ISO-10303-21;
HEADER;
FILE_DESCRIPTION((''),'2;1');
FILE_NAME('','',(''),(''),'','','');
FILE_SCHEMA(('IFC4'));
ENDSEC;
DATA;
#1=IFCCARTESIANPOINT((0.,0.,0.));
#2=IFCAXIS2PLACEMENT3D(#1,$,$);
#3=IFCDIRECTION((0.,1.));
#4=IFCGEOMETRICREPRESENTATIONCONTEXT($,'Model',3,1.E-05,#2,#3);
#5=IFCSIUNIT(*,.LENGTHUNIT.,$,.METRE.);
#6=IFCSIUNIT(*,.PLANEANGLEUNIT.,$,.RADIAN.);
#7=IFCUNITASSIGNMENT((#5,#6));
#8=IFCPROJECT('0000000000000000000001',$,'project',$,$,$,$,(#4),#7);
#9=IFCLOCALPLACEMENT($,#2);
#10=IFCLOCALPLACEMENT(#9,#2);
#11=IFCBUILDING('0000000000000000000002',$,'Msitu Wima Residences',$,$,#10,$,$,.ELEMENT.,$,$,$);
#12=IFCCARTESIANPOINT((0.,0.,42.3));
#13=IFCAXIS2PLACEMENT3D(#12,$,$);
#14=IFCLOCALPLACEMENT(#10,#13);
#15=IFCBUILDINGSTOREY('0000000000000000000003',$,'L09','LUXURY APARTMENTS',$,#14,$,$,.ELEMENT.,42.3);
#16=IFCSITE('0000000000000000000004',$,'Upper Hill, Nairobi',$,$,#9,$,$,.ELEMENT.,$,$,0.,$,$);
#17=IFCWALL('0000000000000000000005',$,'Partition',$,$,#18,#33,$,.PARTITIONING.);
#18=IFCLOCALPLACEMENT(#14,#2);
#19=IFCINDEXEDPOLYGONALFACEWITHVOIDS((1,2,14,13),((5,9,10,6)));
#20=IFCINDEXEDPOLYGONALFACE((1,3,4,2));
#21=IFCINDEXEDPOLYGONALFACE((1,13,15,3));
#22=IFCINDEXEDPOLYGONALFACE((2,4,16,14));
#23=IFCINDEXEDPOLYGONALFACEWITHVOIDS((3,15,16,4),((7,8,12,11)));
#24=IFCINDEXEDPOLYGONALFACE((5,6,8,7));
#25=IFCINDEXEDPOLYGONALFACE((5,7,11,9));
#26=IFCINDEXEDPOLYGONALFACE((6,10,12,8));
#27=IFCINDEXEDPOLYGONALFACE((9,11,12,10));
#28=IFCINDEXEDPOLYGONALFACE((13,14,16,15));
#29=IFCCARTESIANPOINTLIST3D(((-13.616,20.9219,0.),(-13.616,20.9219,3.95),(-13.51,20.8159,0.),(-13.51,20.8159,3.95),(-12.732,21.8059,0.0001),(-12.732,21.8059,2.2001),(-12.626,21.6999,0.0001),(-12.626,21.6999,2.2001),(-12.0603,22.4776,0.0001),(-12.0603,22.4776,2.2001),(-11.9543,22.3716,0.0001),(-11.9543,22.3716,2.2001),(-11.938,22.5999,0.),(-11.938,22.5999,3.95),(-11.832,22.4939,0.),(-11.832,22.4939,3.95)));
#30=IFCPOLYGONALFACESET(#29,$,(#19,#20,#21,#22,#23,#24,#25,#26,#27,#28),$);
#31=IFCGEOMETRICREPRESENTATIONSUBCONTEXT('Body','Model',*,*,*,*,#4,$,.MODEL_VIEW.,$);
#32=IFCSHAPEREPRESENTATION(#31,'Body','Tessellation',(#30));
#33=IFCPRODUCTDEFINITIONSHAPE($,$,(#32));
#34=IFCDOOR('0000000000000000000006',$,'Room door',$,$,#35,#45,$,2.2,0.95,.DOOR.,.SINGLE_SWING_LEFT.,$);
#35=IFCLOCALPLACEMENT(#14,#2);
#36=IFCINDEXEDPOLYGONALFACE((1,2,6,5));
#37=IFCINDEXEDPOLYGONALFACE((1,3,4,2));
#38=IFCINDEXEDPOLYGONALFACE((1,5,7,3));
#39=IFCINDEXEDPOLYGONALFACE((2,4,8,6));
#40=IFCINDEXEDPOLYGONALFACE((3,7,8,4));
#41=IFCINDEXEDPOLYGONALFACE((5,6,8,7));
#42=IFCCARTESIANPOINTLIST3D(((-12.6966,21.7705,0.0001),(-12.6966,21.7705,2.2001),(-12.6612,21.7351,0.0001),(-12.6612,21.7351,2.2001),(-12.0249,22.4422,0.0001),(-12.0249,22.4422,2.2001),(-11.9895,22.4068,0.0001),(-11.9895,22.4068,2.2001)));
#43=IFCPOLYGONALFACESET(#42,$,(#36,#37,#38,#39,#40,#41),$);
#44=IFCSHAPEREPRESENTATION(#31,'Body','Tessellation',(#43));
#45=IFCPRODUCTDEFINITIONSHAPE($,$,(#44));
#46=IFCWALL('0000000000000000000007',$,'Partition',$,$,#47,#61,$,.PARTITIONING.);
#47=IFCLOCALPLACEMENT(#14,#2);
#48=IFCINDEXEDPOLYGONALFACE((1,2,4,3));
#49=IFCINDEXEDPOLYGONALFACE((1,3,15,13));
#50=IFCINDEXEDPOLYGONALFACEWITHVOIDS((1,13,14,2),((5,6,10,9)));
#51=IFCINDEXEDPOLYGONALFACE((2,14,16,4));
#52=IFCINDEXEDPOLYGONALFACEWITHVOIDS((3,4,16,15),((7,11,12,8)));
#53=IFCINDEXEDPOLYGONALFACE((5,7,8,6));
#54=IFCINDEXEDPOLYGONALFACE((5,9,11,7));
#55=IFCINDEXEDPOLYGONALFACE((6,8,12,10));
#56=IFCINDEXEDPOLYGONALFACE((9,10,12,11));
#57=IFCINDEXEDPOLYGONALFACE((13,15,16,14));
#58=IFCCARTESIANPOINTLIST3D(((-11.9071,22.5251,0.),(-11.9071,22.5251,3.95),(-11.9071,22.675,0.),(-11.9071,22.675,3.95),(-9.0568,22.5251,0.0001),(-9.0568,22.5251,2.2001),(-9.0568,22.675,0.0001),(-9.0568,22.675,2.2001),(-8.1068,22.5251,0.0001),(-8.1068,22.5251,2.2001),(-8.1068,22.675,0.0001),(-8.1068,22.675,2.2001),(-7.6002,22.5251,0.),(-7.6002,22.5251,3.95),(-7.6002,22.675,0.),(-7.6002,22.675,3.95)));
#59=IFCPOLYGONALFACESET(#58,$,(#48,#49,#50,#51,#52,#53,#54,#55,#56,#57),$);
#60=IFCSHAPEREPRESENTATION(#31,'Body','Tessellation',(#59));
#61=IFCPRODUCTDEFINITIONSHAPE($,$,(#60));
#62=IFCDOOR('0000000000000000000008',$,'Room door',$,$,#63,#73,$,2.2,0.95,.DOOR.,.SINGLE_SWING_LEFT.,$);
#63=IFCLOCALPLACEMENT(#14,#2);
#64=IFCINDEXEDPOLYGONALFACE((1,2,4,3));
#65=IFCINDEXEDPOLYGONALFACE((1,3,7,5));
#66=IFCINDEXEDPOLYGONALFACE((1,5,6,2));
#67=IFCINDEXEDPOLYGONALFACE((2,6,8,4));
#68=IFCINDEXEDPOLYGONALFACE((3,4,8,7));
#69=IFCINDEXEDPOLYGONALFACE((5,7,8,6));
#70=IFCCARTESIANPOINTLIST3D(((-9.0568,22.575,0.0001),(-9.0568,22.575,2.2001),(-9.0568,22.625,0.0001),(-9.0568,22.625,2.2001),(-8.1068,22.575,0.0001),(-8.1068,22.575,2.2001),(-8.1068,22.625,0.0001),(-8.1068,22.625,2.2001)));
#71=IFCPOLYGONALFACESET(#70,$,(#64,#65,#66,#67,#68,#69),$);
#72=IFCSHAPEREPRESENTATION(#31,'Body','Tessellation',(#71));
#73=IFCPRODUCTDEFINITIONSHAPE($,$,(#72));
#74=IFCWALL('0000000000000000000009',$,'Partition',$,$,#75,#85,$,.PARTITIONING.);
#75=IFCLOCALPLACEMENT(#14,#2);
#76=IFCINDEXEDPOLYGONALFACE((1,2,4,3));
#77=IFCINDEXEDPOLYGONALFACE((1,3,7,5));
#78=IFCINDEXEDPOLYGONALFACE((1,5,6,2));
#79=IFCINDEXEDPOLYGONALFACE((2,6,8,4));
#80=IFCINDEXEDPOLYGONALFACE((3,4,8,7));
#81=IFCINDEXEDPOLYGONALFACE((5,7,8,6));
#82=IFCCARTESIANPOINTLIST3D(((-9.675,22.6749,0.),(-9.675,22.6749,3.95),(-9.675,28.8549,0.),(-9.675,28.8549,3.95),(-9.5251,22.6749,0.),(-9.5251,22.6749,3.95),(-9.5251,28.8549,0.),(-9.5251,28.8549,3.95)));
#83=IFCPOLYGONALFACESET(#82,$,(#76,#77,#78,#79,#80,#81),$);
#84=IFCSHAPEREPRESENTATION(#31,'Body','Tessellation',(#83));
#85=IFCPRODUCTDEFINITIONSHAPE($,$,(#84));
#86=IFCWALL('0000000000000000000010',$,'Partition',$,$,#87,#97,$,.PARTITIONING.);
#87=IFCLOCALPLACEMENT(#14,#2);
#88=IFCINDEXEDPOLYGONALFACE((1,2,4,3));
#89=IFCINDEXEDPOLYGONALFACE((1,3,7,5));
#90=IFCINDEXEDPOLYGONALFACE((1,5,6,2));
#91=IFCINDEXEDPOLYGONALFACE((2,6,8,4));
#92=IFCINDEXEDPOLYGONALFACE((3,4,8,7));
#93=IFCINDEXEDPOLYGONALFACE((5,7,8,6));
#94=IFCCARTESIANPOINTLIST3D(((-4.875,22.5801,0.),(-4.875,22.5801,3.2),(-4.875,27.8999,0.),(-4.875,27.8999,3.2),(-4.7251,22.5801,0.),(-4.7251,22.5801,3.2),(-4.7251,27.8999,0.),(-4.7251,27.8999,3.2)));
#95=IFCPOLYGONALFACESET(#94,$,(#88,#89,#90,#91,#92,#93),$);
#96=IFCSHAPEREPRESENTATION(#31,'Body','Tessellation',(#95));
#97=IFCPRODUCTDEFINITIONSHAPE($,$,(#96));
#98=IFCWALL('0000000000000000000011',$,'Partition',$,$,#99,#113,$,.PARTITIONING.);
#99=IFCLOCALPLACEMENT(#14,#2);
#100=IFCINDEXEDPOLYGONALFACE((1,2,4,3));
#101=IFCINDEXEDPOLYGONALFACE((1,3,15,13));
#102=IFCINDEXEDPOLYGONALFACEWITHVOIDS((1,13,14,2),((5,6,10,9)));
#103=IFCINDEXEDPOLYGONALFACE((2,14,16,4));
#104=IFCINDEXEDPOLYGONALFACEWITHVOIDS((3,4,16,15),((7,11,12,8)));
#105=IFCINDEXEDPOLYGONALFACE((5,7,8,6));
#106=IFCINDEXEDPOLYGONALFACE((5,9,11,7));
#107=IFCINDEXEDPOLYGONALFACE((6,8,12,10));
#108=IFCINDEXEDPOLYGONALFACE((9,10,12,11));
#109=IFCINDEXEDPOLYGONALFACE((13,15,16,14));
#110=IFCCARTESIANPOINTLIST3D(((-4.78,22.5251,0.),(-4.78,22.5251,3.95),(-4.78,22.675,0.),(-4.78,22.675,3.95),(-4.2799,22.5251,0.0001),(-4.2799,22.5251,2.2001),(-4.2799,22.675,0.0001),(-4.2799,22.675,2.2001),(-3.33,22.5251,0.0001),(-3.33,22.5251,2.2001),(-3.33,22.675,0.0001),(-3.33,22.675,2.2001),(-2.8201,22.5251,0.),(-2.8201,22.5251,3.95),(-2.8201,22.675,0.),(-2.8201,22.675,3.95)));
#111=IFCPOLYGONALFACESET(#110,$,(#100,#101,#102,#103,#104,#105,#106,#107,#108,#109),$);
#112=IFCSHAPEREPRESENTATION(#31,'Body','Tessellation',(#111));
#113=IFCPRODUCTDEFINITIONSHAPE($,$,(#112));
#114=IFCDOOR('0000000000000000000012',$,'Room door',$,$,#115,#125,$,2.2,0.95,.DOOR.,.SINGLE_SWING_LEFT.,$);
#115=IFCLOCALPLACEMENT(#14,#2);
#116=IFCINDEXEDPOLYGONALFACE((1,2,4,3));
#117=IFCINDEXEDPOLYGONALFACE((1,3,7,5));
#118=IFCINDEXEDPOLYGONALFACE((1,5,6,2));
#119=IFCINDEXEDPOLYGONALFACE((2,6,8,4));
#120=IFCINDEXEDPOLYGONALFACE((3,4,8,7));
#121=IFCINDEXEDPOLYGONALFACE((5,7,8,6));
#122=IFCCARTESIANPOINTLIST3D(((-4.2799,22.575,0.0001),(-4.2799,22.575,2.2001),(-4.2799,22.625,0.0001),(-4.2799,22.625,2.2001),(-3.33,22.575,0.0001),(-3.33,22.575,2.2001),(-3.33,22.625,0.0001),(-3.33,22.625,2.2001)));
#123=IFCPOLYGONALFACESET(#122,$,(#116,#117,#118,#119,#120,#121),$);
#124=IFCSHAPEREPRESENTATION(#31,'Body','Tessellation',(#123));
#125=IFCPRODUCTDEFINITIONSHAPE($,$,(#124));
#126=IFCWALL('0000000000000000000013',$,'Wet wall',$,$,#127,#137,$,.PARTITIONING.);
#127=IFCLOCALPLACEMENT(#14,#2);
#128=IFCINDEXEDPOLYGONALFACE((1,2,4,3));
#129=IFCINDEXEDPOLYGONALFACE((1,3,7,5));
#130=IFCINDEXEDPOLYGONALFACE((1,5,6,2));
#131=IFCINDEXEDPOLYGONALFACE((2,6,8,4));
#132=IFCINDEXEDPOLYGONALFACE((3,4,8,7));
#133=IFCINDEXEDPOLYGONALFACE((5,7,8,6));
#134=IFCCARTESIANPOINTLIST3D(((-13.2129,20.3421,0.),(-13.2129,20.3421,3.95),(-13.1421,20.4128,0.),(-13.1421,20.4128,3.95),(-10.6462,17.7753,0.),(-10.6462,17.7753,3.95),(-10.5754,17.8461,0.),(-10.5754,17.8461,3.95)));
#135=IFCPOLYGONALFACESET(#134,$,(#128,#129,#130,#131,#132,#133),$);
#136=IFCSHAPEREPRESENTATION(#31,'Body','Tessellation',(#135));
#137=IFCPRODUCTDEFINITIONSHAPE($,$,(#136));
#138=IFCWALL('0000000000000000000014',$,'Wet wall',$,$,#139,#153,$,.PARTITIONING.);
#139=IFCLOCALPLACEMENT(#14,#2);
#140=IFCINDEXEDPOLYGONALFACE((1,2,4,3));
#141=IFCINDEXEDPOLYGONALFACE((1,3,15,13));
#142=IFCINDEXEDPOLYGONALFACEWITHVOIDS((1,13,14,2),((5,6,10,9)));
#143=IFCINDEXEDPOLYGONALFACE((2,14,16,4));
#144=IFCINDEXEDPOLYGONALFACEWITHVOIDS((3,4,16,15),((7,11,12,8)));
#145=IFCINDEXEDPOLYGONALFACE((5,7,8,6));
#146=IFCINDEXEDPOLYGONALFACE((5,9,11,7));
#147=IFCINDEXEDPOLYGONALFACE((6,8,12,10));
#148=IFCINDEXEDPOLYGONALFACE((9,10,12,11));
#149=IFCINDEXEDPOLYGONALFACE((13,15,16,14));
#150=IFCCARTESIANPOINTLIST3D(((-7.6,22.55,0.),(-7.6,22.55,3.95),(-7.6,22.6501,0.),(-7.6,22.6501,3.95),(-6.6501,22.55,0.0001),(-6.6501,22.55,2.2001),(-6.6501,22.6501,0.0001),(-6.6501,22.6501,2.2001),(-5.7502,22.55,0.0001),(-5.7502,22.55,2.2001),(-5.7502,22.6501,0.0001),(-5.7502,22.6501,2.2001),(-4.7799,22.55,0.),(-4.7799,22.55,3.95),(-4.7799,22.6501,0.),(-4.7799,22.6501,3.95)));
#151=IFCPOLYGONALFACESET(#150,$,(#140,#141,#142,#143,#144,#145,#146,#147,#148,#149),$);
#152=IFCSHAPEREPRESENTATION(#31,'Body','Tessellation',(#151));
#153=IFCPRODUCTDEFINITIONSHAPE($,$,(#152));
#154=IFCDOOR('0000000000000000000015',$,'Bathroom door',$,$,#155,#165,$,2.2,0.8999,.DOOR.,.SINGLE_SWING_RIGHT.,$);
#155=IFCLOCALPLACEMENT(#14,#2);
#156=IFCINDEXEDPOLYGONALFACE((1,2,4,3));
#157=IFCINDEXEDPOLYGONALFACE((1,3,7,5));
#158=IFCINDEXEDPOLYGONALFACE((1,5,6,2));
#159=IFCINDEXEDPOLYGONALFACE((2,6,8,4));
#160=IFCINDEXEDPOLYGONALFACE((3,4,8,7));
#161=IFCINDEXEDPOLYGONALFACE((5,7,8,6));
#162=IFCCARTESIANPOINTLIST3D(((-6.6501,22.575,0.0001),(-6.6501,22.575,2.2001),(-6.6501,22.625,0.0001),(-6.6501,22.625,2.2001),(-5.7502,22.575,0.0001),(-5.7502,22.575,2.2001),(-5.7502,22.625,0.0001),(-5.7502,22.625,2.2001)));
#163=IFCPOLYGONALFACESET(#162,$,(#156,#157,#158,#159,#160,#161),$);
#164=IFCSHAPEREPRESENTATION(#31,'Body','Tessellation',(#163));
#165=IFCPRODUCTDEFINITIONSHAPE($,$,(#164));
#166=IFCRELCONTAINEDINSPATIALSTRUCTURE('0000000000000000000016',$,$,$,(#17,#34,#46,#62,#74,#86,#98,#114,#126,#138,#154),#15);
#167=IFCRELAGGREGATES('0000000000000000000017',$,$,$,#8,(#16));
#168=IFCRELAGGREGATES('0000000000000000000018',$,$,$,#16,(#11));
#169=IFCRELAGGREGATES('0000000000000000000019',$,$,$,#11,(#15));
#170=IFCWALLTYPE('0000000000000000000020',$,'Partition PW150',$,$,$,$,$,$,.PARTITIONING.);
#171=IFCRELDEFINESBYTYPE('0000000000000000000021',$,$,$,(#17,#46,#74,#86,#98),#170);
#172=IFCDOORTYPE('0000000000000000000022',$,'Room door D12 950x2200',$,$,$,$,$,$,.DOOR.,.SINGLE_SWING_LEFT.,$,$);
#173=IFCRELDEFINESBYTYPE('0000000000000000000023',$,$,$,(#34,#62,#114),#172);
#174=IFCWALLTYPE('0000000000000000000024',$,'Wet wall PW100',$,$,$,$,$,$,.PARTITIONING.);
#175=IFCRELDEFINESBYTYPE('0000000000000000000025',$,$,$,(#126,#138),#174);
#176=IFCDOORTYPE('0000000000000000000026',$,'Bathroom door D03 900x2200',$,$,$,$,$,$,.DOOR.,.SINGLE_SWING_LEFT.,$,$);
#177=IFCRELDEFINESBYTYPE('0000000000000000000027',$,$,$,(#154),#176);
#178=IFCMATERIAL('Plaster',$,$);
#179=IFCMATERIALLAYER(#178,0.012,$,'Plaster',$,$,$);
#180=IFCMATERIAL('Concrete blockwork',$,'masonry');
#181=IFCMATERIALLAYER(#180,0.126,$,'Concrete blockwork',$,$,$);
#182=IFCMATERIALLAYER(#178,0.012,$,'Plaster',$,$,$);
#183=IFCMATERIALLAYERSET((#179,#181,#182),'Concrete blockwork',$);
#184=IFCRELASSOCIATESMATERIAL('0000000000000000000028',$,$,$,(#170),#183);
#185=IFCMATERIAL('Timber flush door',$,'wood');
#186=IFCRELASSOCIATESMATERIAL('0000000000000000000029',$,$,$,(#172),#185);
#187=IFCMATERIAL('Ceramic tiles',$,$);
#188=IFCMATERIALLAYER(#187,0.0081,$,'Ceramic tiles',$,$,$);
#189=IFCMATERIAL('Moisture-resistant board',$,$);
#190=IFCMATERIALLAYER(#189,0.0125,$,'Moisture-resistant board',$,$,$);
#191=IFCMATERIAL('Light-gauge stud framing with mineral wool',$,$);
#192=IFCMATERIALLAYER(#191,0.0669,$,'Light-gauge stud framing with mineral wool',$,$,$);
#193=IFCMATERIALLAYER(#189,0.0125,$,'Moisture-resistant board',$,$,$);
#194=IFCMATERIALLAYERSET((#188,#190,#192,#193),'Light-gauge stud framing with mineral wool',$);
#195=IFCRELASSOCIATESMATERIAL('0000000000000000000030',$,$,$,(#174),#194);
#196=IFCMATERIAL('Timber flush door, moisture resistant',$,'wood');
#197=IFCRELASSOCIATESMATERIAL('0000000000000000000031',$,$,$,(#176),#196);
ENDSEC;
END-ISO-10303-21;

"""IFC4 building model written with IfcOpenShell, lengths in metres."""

from ifc_helpers import new_model, si_unit, direction, frame, frame_2d, origin, place, context, subcontext, project, spatial, rectangle, extrude, material, layer, layer_set, type_object, element, fill, save


model = new_model("IFC4")

# Units and contexts
model_context = context("Model", 3, precision=1e-05, world=origin(), true_north=direction((0.0, 1.0)))
body_context = subcontext(model_context, "Body", "Model", "MODEL_VIEW")
ifc_project = project(units=[si_unit("LENGTHUNIT", "METRE"), si_unit("PLANEANGLEUNIT", "RADIAN")], contexts=[model_context])

# Site, building, storey
site_placement = place(None, origin())
site = spatial("IfcSite", under=ifc_project, at=site_placement, Name="Upper Hill, Nairobi", CompositionType="ELEMENT", RefElevation=0.0)
building_placement = place(site_placement, origin())
building = spatial("IfcBuilding", under=site, at=building_placement, Name="Msitu Wima Residences", CompositionType="ELEMENT")
storey_placement = place(building_placement, frame((0.0, 0.0, 42.3)))
storey = spatial("IfcBuildingStorey", under=building, at=storey_placement, Name="L09", Description="LUXURY APARTMENTS", CompositionType="ELEMENT", Elevation=42.3)

# Walls, openings, doors
ifc_material_1 = material(Name="Plaster")
ifc_layer_1 = layer(ifc_material_1, 0.012, Name="Plaster")
ifc_material_2 = material(Name="Concrete blockwork", Category="masonry")
ifc_layer_2 = layer(ifc_material_2, 0.126, Name="Concrete blockwork")
ifc_layer_3 = layer(ifc_material_1, 0.012, Name="Plaster")
ifc_layer_set_1 = layer_set([ifc_layer_1, ifc_layer_2, ifc_layer_3], Name="Concrete blockwork")
wall_type_1 = type_object("IfcWallType", Name="Partition PW150", PredefinedType="PARTITIONING", material=ifc_layer_set_1)
wall_1_placement = place(storey_placement, frame((-13.563, 20.8689, 0.0), z_axis=(0.0, 0.0, 1.0), x_axis=(0.707107, 0.707107, 0.0)))
wall_1 = element("IfcWall", 1, at=wall_1_placement, inside=storey, type_object=wall_type_1, Name="Partition", PredefinedType="PARTITIONING", context=body_context, shape_type="SweptSolid", body=[
    extrude(rectangle(XDim=2.373, YDim=0.1499, at=frame_2d((1.1865, 0.0))), origin(), (0.0, 0.0, 1.0), 3.95),
])
opening_1_placement = place(wall_1_placement, frame((1.25, 0.0, 0.0)))
opening_1 = element("IfcOpeningElement", 2, at=opening_1_placement, cuts=wall_1, PredefinedType="OPENING", context=body_context, shape_type="SweptSolid", body=[
    extrude(rectangle(XDim=0.95, YDim=2.2, at=frame_2d((0.4751, 1.1001))), frame((0.0, 0.085, 0.0), z_axis=(0.0, -1.0, 0.0), x_axis=(1.0, 0.0, 0.0)), (0.0, 0.0, 1.0), 0.1699),
])
ifc_material_3 = material(Name="Timber flush door", Category="wood")
door_type_1 = type_object("IfcDoorType", Name="Room door D12 950x2200", OperationType="SINGLE_SWING_LEFT", PredefinedType="DOOR", material=ifc_material_3)
door_1_placement = place(opening_1_placement, origin())
door_1 = element("IfcDoor", 3, at=door_1_placement, inside=storey, type_object=door_type_1, Name="Room door", OperationType="SINGLE_SWING_LEFT", OverallHeight=2.2, OverallWidth=0.95, PredefinedType="DOOR", context=body_context, shape_type="SweptSolid", body=[
    extrude(rectangle(XDim=0.95, YDim=2.2, at=frame_2d((0.4751, 1.1001))), frame((0.0, 0.0249, 0.0), z_axis=(0.0, -1.0, 0.0), x_axis=(1.0, 0.0, 0.0)), (0.0, 0.0, 1.0), 0.05),
])
fill(opening_1, door_1)
wall_2_placement = place(storey_placement, frame((-11.907, 22.6001, 0.0), z_axis=(0.0, 0.0, 1.0), x_axis=(1.0, 0.0, 0.0)))
wall_2 = element("IfcWall", 4, at=wall_2_placement, inside=storey, type_object=wall_type_1, Name="Partition", PredefinedType="PARTITIONING", context=body_context, shape_type="SweptSolid", body=[
    extrude(rectangle(XDim=4.3069, YDim=0.1499, at=frame_2d((2.1533, 0.0))), origin(), (0.0, 0.0, 1.0), 3.95),
])
opening_2_placement = place(wall_2_placement, frame((2.8501, 0.0, 0.0)))
opening_2 = element("IfcOpeningElement", 5, at=opening_2_placement, cuts=wall_2, PredefinedType="OPENING", context=body_context, shape_type="SweptSolid", body=[
    extrude(rectangle(XDim=0.95, YDim=2.2, at=frame_2d((0.4751, 1.1001))), frame((0.0, 0.085, 0.0), z_axis=(0.0, -1.0, 0.0), x_axis=(1.0, 0.0, 0.0)), (0.0, 0.0, 1.0), 0.1699),
])
door_2_placement = place(opening_2_placement, origin())
door_2 = element("IfcDoor", 6, at=door_2_placement, inside=storey, type_object=door_type_1, Name="Room door", OperationType="SINGLE_SWING_LEFT", OverallHeight=2.2, OverallWidth=0.95, PredefinedType="DOOR", context=body_context, shape_type="SweptSolid", body=[
    extrude(rectangle(XDim=0.95, YDim=2.2, at=frame_2d((0.4751, 1.1001))), frame((0.0, 0.0249, 0.0), z_axis=(0.0, -1.0, 0.0), x_axis=(1.0, 0.0, 0.0)), (0.0, 0.0, 1.0), 0.05),
])
fill(opening_2, door_2)

# Walls
wall_3_placement = place(storey_placement, frame((-9.6001, 22.675, 0.0), z_axis=(0.0, 0.0, 1.0), x_axis=(0.0, 1.0, 0.0)))
element("IfcWall", 7, at=wall_3_placement, inside=storey, type_object=wall_type_1, Name="Partition", PredefinedType="PARTITIONING", context=body_context, shape_type="SweptSolid", body=[
    extrude(rectangle(XDim=6.1799, YDim=0.1499, at=frame_2d((3.0898, 0.0))), origin(), (0.0, 0.0, 1.0), 3.95),
])
wall_4_placement = place(storey_placement, frame((-4.8, 22.5801, 0.0), z_axis=(0.0, 0.0, 1.0), x_axis=(0.0, 1.0, 0.0)))
element("IfcWall", 8, at=wall_4_placement, inside=storey, type_object=wall_type_1, Name="Partition", PredefinedType="PARTITIONING", context=body_context, shape_type="SweptSolid", body=[
    extrude(rectangle(XDim=5.3198, YDim=0.1499, at=frame_2d((2.6599, 0.0))), origin(), (0.0, 0.0, 1.0), 3.2),
])

# Wall, opening, door
wall_5_placement = place(storey_placement, frame((-4.78, 22.6001, 0.0), z_axis=(0.0, 0.0, 1.0), x_axis=(1.0, 0.0, 0.0)))
wall_5 = element("IfcWall", 9, at=wall_5_placement, inside=storey, type_object=wall_type_1, Name="Partition", PredefinedType="PARTITIONING", context=body_context, shape_type="SweptSolid", body=[
    extrude(rectangle(XDim=1.96, YDim=0.1499, at=frame_2d((0.98, 0.0))), origin(), (0.0, 0.0, 1.0), 3.95),
])
opening_3_placement = place(wall_5_placement, frame((0.5, 0.0, 0.0)))
opening_3 = element("IfcOpeningElement", 10, at=opening_3_placement, cuts=wall_5, PredefinedType="OPENING", context=body_context, shape_type="SweptSolid", body=[
    extrude(rectangle(XDim=0.95, YDim=2.2, at=frame_2d((0.4751, 1.1001))), frame((0.0, 0.085, 0.0), z_axis=(0.0, -1.0, 0.0), x_axis=(1.0, 0.0, 0.0)), (0.0, 0.0, 1.0), 0.1699),
])
door_3_placement = place(opening_3_placement, origin())
door_3 = element("IfcDoor", 11, at=door_3_placement, inside=storey, type_object=door_type_1, Name="Room door", OperationType="SINGLE_SWING_LEFT", OverallHeight=2.2, OverallWidth=0.95, PredefinedType="DOOR", context=body_context, shape_type="SweptSolid", body=[
    extrude(rectangle(XDim=0.95, YDim=2.2, at=frame_2d((0.4751, 1.1001))), frame((0.0, 0.0249, 0.0), z_axis=(0.0, -1.0, 0.0), x_axis=(1.0, 0.0, 0.0)), (0.0, 0.0, 1.0), 0.05),
])
fill(opening_3, door_3)

# Wall
ifc_material_4 = material(Name="Ceramic tiles")
ifc_layer_4 = layer(ifc_material_4, 0.0081, Name="Ceramic tiles")
ifc_material_5 = material(Name="Moisture-resistant board")
ifc_layer_5 = layer(ifc_material_5, 0.0125, Name="Moisture-resistant board")
ifc_material_6 = material(Name="Light-gauge stud framing with mineral wool")
ifc_layer_6 = layer(ifc_material_6, 0.0669, Name="Light-gauge stud framing with mineral wool")
ifc_layer_7 = layer(ifc_material_5, 0.0125, Name="Moisture-resistant board")
ifc_layer_set_2 = layer_set([ifc_layer_4, ifc_layer_5, ifc_layer_6, ifc_layer_7], Name="Light-gauge stud framing with mineral wool")
wall_type_2 = type_object("IfcWallType", Name="Wet wall PW100", PredefinedType="PARTITIONING", material=ifc_layer_set_2)
wall_6_placement = place(storey_placement, frame((-13.1775, 20.3774, 0.0), z_axis=(0.0, 0.0, 1.0), x_axis=(0.707107, -0.707107, 0.0)))
element("IfcWall", 12, at=wall_6_placement, inside=storey, type_object=wall_type_2, Name="Wet wall", PredefinedType="PARTITIONING", context=body_context, shape_type="SweptSolid", body=[
    extrude(rectangle(XDim=3.6299, YDim=0.1001, at=frame_2d((1.8149, 0.0))), origin(), (0.0, 0.0, 1.0), 3.95),
])

# Wall, opening, door
wall_7_placement = place(storey_placement, frame((-7.6001, 22.6001, 0.0), z_axis=(0.0, 0.0, 1.0), x_axis=(1.0, 0.0, 0.0)))
wall_7 = element("IfcWall", 13, at=wall_7_placement, inside=storey, type_object=wall_type_2, Name="Wet wall", PredefinedType="PARTITIONING", context=body_context, shape_type="SweptSolid", body=[
    extrude(rectangle(XDim=2.8201, YDim=0.1001, at=frame_2d((1.4102, 0.0))), origin(), (0.0, 0.0, 1.0), 3.95),
])
opening_4_placement = place(wall_7_placement, frame((0.95, 0.0, 0.0)))
opening_4 = element("IfcOpeningElement", 14, at=opening_4_placement, cuts=wall_7, PredefinedType="OPENING", context=body_context, shape_type="SweptSolid", body=[
    extrude(rectangle(XDim=0.8999, YDim=2.2, at=frame_2d((0.45, 1.1001))), frame((0.0, 0.0601, 0.0), z_axis=(0.0, -1.0, 0.0), x_axis=(1.0, 0.0, 0.0)), (0.0, 0.0, 1.0), 0.1201),
])
ifc_material_7 = material(Name="Timber flush door, moisture resistant", Category="wood")
door_type_2 = type_object("IfcDoorType", Name="Bathroom door D03 900x2200", OperationType="SINGLE_SWING_LEFT", PredefinedType="DOOR", material=ifc_material_7)
door_4_placement = place(opening_4_placement, origin())
door_4 = element("IfcDoor", 15, at=door_4_placement, inside=storey, type_object=door_type_2, Name="Bathroom door", OperationType="SINGLE_SWING_RIGHT", OverallHeight=2.2, OverallWidth=0.8999, PredefinedType="DOOR", context=body_context, shape_type="SweptSolid", body=[
    extrude(rectangle(XDim=0.8999, YDim=2.2, at=frame_2d((0.45, 1.1001))), frame((0.0, 0.0249, 0.0), z_axis=(0.0, -1.0, 0.0), x_axis=(1.0, 0.0, 0.0)), (0.0, 0.0, 1.0), 0.05),
])
fill(opening_4, door_4)

save(model, "model.ifc")
